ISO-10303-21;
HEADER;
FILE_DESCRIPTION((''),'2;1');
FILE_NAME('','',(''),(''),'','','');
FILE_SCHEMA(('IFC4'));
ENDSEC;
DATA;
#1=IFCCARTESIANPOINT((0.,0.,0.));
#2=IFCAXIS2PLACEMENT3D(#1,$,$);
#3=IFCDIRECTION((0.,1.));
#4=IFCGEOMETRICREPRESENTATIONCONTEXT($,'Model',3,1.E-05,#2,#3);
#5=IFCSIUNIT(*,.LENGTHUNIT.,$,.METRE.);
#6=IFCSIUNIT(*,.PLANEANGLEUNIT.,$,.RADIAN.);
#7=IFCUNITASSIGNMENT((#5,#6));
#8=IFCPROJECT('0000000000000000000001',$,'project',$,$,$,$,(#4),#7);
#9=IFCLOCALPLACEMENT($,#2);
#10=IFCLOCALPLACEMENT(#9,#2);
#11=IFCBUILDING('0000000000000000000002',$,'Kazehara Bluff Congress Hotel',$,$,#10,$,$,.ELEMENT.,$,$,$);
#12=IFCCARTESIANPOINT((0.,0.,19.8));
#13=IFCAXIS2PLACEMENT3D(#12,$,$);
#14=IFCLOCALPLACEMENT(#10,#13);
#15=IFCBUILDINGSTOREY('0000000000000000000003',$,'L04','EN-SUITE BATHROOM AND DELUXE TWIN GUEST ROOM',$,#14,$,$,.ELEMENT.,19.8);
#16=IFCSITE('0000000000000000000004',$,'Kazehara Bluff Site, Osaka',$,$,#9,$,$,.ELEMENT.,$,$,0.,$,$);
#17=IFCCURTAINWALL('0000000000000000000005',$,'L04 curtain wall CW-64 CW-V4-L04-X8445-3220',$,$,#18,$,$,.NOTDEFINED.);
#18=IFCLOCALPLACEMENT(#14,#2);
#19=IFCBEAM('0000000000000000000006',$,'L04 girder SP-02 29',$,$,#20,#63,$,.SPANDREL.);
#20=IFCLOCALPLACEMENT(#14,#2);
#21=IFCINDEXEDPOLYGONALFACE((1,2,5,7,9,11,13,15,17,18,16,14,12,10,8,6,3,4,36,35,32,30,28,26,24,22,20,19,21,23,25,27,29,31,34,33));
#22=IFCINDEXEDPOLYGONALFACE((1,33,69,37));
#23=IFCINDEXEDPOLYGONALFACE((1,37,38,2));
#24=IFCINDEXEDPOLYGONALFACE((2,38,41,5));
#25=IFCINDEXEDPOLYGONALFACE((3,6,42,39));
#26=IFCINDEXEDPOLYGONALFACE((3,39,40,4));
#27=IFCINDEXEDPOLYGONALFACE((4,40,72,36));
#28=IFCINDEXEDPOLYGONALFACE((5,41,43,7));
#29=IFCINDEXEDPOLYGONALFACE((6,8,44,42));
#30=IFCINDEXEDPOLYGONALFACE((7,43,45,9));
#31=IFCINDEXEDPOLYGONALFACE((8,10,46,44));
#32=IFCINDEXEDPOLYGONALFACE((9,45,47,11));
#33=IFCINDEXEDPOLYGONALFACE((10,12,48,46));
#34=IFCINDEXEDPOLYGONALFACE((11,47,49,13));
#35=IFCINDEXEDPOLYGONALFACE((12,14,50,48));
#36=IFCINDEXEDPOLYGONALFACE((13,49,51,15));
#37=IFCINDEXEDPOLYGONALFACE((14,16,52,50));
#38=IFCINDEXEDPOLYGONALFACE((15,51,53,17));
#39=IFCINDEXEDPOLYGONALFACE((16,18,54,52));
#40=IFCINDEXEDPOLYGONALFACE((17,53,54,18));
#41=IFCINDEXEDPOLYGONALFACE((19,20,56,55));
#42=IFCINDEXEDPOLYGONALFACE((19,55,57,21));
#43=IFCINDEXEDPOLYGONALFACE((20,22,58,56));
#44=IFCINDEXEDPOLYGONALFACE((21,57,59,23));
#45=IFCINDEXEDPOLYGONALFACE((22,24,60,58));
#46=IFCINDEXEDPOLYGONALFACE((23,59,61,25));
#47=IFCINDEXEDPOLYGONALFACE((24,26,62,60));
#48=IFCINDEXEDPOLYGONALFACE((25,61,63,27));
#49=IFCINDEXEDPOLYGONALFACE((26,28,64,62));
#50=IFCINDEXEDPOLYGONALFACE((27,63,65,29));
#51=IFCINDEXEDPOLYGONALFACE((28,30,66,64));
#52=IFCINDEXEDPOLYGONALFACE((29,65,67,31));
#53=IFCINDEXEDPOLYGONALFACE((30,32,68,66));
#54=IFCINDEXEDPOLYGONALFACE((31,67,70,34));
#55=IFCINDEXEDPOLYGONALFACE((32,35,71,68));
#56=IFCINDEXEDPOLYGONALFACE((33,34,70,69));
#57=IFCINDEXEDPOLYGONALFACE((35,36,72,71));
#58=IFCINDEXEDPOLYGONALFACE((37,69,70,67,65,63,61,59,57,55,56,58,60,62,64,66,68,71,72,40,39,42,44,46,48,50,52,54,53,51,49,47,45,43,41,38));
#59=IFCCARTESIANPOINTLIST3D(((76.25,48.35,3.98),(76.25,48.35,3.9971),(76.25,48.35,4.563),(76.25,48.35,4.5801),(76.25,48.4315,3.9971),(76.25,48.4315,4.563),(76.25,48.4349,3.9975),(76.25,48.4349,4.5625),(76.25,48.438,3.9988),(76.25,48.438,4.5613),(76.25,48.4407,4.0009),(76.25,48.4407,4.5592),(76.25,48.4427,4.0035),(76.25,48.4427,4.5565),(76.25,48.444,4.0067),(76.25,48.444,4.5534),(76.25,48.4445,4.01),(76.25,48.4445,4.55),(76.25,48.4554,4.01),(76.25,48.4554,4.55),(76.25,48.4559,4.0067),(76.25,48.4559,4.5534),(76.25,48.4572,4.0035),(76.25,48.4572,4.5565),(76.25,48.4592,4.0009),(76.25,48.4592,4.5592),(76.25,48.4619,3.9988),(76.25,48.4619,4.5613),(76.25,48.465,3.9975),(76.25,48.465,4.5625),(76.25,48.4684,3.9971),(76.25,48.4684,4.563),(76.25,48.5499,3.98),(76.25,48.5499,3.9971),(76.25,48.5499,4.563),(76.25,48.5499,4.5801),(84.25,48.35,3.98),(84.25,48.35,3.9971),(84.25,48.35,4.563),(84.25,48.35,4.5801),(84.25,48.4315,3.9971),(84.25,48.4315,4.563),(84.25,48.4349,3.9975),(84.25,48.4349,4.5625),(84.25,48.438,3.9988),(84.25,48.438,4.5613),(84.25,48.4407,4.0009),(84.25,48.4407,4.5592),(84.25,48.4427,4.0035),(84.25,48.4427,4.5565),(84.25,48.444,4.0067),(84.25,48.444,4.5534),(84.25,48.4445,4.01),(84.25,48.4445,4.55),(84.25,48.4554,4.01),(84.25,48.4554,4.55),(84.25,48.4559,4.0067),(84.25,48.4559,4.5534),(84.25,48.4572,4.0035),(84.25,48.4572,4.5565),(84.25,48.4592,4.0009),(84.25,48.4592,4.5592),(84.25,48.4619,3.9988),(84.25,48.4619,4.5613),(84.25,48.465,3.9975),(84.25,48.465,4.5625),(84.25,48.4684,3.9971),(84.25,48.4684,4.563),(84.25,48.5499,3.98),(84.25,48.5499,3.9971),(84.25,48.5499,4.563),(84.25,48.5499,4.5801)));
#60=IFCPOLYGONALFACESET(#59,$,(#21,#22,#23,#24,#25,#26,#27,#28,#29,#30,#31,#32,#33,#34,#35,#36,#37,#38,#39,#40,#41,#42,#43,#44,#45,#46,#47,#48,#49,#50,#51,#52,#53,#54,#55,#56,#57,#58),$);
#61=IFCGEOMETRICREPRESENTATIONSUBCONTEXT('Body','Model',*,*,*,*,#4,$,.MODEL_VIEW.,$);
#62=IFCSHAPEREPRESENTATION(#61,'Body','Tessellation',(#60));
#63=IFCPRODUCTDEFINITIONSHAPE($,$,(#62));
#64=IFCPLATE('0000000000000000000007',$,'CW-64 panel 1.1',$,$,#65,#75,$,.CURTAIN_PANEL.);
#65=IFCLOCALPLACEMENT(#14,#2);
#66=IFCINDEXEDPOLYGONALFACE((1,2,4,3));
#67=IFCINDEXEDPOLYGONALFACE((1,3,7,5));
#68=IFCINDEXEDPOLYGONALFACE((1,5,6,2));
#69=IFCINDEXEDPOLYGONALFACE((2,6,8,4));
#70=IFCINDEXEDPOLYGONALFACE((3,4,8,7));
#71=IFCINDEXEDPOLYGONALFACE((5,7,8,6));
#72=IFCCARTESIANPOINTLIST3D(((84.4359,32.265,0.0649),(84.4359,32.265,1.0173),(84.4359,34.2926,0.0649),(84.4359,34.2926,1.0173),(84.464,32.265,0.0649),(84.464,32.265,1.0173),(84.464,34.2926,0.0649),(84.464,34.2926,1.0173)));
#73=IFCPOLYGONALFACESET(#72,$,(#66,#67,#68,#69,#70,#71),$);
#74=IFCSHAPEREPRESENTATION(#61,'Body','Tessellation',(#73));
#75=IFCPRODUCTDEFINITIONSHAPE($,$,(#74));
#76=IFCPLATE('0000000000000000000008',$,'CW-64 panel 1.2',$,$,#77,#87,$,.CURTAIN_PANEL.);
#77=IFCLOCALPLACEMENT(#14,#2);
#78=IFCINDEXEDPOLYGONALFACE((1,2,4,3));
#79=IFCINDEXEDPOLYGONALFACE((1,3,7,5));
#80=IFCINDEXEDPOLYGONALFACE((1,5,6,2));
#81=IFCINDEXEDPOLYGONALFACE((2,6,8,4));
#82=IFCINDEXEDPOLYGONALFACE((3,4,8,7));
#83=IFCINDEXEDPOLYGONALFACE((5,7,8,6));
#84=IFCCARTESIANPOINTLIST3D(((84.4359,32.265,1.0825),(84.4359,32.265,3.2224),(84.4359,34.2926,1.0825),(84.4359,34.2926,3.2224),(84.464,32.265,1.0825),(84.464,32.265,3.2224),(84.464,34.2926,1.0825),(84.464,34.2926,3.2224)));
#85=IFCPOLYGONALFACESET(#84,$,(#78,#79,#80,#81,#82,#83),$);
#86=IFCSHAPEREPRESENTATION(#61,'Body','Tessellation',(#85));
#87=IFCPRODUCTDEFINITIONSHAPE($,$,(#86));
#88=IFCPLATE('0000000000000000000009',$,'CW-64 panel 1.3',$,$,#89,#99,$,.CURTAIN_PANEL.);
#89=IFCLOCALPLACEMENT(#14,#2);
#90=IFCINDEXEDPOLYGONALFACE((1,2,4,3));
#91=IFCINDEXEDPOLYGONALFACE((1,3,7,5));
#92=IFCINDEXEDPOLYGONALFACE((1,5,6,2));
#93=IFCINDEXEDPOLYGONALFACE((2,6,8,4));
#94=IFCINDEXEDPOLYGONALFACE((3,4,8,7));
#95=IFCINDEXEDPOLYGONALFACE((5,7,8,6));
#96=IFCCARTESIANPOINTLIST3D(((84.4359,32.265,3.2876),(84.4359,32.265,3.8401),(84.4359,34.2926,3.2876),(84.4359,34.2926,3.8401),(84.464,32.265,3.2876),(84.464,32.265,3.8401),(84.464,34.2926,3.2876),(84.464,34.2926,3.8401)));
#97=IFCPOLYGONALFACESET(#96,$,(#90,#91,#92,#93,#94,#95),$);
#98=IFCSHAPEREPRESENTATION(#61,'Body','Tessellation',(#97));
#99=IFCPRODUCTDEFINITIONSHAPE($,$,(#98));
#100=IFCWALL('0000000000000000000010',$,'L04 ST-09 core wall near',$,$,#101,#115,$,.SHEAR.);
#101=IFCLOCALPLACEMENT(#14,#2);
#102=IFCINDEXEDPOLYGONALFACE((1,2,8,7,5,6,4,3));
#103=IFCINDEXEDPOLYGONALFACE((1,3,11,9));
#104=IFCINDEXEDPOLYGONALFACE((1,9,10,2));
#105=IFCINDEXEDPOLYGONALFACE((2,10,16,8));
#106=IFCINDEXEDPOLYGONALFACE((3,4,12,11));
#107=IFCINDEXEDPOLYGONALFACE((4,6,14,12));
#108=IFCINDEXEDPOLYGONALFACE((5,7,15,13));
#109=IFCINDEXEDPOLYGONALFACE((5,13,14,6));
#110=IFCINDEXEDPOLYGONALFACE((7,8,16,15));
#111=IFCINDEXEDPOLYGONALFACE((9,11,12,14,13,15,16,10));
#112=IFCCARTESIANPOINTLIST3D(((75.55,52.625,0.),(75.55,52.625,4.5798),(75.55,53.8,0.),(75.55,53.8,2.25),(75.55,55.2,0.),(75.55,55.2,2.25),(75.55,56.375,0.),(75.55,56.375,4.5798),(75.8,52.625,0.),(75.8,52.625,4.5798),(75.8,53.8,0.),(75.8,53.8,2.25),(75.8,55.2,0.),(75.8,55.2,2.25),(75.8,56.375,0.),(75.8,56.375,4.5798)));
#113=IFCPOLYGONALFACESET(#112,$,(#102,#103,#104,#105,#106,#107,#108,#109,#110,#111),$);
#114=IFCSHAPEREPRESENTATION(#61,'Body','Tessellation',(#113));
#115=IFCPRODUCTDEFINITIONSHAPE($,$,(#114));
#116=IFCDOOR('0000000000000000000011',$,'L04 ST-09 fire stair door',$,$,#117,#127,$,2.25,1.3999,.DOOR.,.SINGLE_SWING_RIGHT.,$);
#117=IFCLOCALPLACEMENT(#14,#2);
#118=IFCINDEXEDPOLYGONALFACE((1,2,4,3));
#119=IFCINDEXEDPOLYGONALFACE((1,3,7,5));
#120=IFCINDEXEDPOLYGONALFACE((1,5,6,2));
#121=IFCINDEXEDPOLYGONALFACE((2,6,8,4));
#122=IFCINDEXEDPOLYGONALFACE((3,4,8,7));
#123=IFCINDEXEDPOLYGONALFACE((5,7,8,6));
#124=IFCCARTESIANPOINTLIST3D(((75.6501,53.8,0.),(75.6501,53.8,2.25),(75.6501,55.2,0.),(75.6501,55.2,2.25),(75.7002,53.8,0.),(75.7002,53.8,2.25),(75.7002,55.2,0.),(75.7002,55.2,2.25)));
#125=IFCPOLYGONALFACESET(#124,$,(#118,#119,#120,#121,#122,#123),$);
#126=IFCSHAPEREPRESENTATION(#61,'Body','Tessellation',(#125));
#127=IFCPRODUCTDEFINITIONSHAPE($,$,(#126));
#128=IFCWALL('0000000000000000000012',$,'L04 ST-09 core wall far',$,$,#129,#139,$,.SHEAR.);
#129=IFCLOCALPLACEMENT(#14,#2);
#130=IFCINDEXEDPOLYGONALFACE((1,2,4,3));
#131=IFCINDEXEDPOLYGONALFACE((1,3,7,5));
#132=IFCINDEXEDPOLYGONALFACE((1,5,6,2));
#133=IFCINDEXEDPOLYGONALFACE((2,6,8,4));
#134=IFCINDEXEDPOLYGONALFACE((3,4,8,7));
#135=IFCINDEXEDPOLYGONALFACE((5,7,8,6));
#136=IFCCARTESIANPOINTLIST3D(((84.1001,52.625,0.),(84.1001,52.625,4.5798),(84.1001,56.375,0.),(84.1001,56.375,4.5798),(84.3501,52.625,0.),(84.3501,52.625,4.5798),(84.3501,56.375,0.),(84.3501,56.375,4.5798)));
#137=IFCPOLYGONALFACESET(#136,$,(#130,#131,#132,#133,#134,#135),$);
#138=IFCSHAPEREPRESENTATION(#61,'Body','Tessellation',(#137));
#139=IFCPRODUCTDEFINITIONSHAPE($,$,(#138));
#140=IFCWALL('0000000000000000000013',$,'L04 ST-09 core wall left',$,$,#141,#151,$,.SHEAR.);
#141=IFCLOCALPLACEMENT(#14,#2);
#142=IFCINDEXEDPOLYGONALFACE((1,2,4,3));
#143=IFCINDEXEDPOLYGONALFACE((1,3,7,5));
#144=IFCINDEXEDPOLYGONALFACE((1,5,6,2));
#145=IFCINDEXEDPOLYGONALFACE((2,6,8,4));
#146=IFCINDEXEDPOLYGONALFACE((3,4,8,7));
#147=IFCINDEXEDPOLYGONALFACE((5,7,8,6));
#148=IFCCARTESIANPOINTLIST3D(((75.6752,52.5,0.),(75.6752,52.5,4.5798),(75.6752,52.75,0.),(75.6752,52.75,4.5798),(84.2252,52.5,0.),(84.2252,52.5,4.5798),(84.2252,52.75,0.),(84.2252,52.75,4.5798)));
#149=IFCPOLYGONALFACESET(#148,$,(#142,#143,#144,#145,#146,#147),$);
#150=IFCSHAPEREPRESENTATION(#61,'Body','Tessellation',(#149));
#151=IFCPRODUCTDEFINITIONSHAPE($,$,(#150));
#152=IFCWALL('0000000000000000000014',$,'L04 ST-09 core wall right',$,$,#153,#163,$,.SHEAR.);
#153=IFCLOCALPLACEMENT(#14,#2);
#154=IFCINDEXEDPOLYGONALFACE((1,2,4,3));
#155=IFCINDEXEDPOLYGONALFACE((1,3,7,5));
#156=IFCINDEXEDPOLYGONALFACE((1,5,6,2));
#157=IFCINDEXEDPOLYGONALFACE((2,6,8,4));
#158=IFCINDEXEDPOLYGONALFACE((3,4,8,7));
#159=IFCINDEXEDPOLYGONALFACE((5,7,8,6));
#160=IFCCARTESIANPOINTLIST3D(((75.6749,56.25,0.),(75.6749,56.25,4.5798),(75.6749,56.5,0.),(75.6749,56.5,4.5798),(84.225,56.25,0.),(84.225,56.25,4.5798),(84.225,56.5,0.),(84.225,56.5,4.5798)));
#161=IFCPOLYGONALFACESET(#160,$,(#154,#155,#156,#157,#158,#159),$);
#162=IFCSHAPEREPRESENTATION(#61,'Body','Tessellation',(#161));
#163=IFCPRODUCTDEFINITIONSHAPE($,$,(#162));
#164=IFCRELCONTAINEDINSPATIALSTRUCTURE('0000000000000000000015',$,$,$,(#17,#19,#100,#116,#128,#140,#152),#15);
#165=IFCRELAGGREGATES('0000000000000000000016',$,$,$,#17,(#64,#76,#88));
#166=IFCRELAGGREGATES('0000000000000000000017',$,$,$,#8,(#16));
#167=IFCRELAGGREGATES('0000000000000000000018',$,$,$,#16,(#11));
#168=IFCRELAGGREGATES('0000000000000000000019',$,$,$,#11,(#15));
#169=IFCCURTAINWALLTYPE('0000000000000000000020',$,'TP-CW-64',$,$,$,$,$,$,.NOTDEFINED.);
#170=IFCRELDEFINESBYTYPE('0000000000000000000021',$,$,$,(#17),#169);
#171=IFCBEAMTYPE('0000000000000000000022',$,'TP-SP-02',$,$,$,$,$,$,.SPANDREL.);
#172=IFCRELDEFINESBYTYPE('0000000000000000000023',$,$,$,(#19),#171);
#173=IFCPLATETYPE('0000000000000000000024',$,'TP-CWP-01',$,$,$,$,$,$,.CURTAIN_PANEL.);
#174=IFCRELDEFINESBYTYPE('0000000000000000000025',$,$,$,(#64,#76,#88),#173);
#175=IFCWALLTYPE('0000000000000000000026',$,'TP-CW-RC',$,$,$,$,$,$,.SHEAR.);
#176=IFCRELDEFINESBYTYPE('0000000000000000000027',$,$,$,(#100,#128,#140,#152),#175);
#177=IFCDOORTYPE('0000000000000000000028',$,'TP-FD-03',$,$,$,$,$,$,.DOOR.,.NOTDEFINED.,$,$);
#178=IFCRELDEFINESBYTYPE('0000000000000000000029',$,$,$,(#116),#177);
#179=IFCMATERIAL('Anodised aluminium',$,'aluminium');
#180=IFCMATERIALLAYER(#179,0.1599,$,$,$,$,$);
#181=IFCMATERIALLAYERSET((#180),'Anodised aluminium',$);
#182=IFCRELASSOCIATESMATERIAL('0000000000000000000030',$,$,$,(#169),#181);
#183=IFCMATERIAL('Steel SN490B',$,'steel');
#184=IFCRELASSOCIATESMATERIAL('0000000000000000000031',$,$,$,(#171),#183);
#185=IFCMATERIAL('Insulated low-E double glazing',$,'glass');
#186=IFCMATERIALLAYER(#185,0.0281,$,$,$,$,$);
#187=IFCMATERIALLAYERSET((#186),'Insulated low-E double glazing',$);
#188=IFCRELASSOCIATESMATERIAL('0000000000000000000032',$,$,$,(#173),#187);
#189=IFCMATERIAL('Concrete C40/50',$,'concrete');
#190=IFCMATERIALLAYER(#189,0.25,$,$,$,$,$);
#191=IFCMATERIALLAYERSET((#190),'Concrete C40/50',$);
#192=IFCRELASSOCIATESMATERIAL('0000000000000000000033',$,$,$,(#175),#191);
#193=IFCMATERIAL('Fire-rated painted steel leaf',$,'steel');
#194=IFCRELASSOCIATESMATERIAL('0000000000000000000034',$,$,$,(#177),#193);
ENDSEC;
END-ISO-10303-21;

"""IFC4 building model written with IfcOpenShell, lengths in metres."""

from ifc_helpers import new_model, si_unit, direction, frame, frame_2d, origin, origin_2d, place, context, subcontext, project, spatial, rectangle, i_section, extrude, material, layer, layer_set, material_profile, profile_set, type_object, element, fill, aggregate, save


model = new_model("IFC4")

# Units and contexts
model_context = context("Model", 3, precision=1e-05, world=origin(), true_north=direction((0.0, 1.0)))
body_context = subcontext(model_context, "Body", "Model", "MODEL_VIEW")
ifc_project = project(units=[si_unit("LENGTHUNIT", "METRE"), si_unit("PLANEANGLEUNIT", "RADIAN")], contexts=[model_context])

# Site, building, storey
site_placement = place(None, origin())
site = spatial("IfcSite", under=ifc_project, at=site_placement, Name="Kazehara Bluff Site, Osaka", CompositionType="ELEMENT", RefElevation=0.0)
building_placement = place(site_placement, origin())
building = spatial("IfcBuilding", under=site, at=building_placement, Name="Kazehara Bluff Congress Hotel", CompositionType="ELEMENT")
storey_placement = place(building_placement, frame((0.0, 0.0, 19.8)))
storey = spatial("IfcBuildingStorey", under=building, at=storey_placement, Name="L04", Description="EN-SUITE BATHROOM AND DELUXE TWIN GUEST ROOM", CompositionType="ELEMENT", Elevation=19.8)

# Curtain wall
ifc_material_1 = material(Name="Anodised aluminium", Category="aluminium")
ifc_layer_1 = layer(ifc_material_1, 0.1599)
ifc_layer_set_1 = layer_set([ifc_layer_1], Name="Anodised aluminium")
curtain_wall_type_1 = type_object("IfcCurtainWallType", Name="TP-CW-64", PredefinedType="NOTDEFINED", material=ifc_layer_set_1)
curtain_wall_1_placement = place(storey_placement, origin())
curtain_wall_1 = element("IfcCurtainWall", 1, at=curtain_wall_1_placement, inside=storey, type_object=curtain_wall_type_1, Name="L04 curtain wall CW-64 CW-V4-L04-X8445-3220", PredefinedType="NOTDEFINED")

# Beam
ifc_material_2 = material(Name="Steel SN490B", Category="steel")
ifc_material_profile_1 = material_profile(ifc_material_2, i_section(OverallWidth=0.2, OverallDepth=0.6001, WebThickness=0.011, FlangeThickness=0.0171, FilletRadius=0.0129, at=origin_2d()))
ifc_profile_set_1 = profile_set([ifc_material_profile_1], Name="Steel SN490B")
beam_type_1 = type_object("IfcBeamType", Name="TP-SP-02", PredefinedType="SPANDREL", material=ifc_profile_set_1)
beam_1_placement = place(storey_placement, frame((76.25, 48.45, 4.28), z_axis=(1.0, 0.0, 0.0), x_axis=(0.0, 1.0, 0.0)))
element("IfcBeam", 2, at=beam_1_placement, inside=storey, type_object=beam_type_1, Name="L04 girder SP-02 29", PredefinedType="SPANDREL", context=body_context, shape_type="SweptSolid", body=[
    extrude(i_section(OverallWidth=0.2, OverallDepth=0.6001, WebThickness=0.011, FlangeThickness=0.0171, FilletRadius=0.0129, at=origin_2d()), origin(), (0.0, 0.0, 1.0), 8.0),
])

# Plates
ifc_material_3 = material(Name="Insulated low-E double glazing", Category="glass")
ifc_layer_2 = layer(ifc_material_3, 0.0281)
ifc_layer_set_2 = layer_set([ifc_layer_2], Name="Insulated low-E double glazing")
plate_type = type_object("IfcPlateType", Name="TP-CWP-01", PredefinedType="CURTAIN_PANEL", material=ifc_layer_set_2)
plate_1_placement = place(storey_placement, frame((84.45, 33.2788, 0.0649), z_axis=(0.0, 0.0, 1.0), x_axis=(0.0, 1.0, 0.0)))
plate_1 = element("IfcPlate", 3, at=plate_1_placement, type_object=plate_type, Name="CW-64 panel 1.1", PredefinedType="CURTAIN_PANEL", context=body_context, shape_type="SweptSolid", body=[
    extrude(rectangle(XDim=2.0276, YDim=0.0281, at=origin_2d()), origin(), (0.0, 0.0, 1.0), 0.9524),
])
plate_2_placement = place(storey_placement, frame((84.45, 33.2788, 1.0825), z_axis=(0.0, 0.0, 1.0), x_axis=(0.0, 1.0, 0.0)))
plate_2 = element("IfcPlate", 4, at=plate_2_placement, type_object=plate_type, Name="CW-64 panel 1.2", PredefinedType="CURTAIN_PANEL", context=body_context, shape_type="SweptSolid", body=[
    extrude(rectangle(XDim=2.0276, YDim=0.0281, at=origin_2d()), origin(), (0.0, 0.0, 1.0), 2.1399),
])
plate_3_placement = place(storey_placement, frame((84.45, 33.2788, 3.2876), z_axis=(0.0, 0.0, 1.0), x_axis=(0.0, 1.0, 0.0)))
plate_3 = element("IfcPlate", 5, at=plate_3_placement, type_object=plate_type, Name="CW-64 panel 1.3", PredefinedType="CURTAIN_PANEL", context=body_context, shape_type="SweptSolid", body=[
    extrude(rectangle(XDim=2.0276, YDim=0.0281, at=origin_2d()), origin(), (0.0, 0.0, 1.0), 0.5525),
])
aggregate(curtain_wall_1, [plate_1, plate_2, plate_3])

# Wall, opening, door
ifc_material_4 = material(Name="Concrete C40/50", Category="concrete")
ifc_layer_3 = layer(ifc_material_4, 0.25)
ifc_layer_set_3 = layer_set([ifc_layer_3], Name="Concrete C40/50")
wall_type = type_object("IfcWallType", Name="TP-CW-RC", PredefinedType="SHEAR", material=ifc_layer_set_3)
wall_1_placement = place(storey_placement, frame((75.675, 52.625, 0.0), z_axis=(0.0, 0.0, 1.0), x_axis=(0.0, 1.0, 0.0)))
wall_1 = element("IfcWall", 6, at=wall_1_placement, inside=storey, type_object=wall_type, Name="L04 ST-09 core wall near", PredefinedType="SHEAR", context=body_context, shape_type="SweptSolid", body=[
    extrude(rectangle(XDim=3.75, YDim=0.25, at=frame_2d((1.875, 0.0))), origin(), (0.0, 0.0, 1.0), 4.5798),
])
opening_placement = place(wall_1_placement, frame((1.175, 0.0, 0.0)))
opening = element("IfcOpeningElement", 7, at=opening_placement, cuts=wall_1, PredefinedType="OPENING", context=body_context, shape_type="SweptSolid", body=[
    extrude(rectangle(XDim=1.3999, YDim=2.25, at=frame_2d((0.7, 1.125))), frame((0.0, 0.135, 0.0), z_axis=(0.0, -1.0, 0.0), x_axis=(1.0, 0.0, 0.0)), (0.0, 0.0, 1.0), 0.27),
])
ifc_material_5 = material(Name="Fire-rated painted steel leaf", Category="steel")
door_type = type_object("IfcDoorType", Name="TP-FD-03", OperationType="NOTDEFINED", PredefinedType="DOOR", material=ifc_material_5)
door_placement = place(opening_placement, origin())
door = element("IfcDoor", 8, at=door_placement, inside=storey, type_object=door_type, Name="L04 ST-09 fire stair door", OperationType="SINGLE_SWING_RIGHT", OverallHeight=2.25, OverallWidth=1.3999, PredefinedType="DOOR", context=body_context, shape_type="SweptSolid", body=[
    extrude(rectangle(XDim=1.3999, YDim=2.25, at=frame_2d((0.7, 1.125))), frame((0.0, 0.0249, 0.0), z_axis=(0.0, -1.0, 0.0), x_axis=(1.0, 0.0, 0.0)), (0.0, 0.0, 1.0), 0.05),
])
fill(opening, door)

# Walls
wall_2_placement = place(storey_placement, frame((84.2251, 56.375, 0.0), z_axis=(0.0, 0.0, 1.0), x_axis=(0.0, -1.0, 0.0)))
element("IfcWall", 9, at=wall_2_placement, inside=storey, type_object=wall_type, Name="L04 ST-09 core wall far", PredefinedType="SHEAR", context=body_context, shape_type="SweptSolid", body=[
    extrude(rectangle(XDim=3.75, YDim=0.25, at=frame_2d((1.875, 0.0))), origin(), (0.0, 0.0, 1.0), 4.5798),
])
for number, where, z_axis, x_axis, name in (
    (10, (84.2251, 52.625, 0.0), (0.0, 0.0, 1.0), (-1.0, 0.0, 0.0), "L04 ST-09 core wall left"),
    (11, (75.675, 56.375, 0.0), (0.0, 0.0, 1.0), (1.0, 0.0, 0.0), "L04 ST-09 core wall right"),
):
    element("IfcWall", number, at=place(storey_placement, frame(where, z_axis=z_axis, x_axis=x_axis)), inside=storey, type_object=wall_type, Name=name, PredefinedType="SHEAR", context=body_context, shape_type="SweptSolid", body=[
        extrude(rectangle(XDim=8.55, YDim=0.25, at=frame_2d((4.2749, 0.0))), origin(), (0.0, 0.0, 1.0), 4.5798),
    ])

save(model, "model.ifc")
